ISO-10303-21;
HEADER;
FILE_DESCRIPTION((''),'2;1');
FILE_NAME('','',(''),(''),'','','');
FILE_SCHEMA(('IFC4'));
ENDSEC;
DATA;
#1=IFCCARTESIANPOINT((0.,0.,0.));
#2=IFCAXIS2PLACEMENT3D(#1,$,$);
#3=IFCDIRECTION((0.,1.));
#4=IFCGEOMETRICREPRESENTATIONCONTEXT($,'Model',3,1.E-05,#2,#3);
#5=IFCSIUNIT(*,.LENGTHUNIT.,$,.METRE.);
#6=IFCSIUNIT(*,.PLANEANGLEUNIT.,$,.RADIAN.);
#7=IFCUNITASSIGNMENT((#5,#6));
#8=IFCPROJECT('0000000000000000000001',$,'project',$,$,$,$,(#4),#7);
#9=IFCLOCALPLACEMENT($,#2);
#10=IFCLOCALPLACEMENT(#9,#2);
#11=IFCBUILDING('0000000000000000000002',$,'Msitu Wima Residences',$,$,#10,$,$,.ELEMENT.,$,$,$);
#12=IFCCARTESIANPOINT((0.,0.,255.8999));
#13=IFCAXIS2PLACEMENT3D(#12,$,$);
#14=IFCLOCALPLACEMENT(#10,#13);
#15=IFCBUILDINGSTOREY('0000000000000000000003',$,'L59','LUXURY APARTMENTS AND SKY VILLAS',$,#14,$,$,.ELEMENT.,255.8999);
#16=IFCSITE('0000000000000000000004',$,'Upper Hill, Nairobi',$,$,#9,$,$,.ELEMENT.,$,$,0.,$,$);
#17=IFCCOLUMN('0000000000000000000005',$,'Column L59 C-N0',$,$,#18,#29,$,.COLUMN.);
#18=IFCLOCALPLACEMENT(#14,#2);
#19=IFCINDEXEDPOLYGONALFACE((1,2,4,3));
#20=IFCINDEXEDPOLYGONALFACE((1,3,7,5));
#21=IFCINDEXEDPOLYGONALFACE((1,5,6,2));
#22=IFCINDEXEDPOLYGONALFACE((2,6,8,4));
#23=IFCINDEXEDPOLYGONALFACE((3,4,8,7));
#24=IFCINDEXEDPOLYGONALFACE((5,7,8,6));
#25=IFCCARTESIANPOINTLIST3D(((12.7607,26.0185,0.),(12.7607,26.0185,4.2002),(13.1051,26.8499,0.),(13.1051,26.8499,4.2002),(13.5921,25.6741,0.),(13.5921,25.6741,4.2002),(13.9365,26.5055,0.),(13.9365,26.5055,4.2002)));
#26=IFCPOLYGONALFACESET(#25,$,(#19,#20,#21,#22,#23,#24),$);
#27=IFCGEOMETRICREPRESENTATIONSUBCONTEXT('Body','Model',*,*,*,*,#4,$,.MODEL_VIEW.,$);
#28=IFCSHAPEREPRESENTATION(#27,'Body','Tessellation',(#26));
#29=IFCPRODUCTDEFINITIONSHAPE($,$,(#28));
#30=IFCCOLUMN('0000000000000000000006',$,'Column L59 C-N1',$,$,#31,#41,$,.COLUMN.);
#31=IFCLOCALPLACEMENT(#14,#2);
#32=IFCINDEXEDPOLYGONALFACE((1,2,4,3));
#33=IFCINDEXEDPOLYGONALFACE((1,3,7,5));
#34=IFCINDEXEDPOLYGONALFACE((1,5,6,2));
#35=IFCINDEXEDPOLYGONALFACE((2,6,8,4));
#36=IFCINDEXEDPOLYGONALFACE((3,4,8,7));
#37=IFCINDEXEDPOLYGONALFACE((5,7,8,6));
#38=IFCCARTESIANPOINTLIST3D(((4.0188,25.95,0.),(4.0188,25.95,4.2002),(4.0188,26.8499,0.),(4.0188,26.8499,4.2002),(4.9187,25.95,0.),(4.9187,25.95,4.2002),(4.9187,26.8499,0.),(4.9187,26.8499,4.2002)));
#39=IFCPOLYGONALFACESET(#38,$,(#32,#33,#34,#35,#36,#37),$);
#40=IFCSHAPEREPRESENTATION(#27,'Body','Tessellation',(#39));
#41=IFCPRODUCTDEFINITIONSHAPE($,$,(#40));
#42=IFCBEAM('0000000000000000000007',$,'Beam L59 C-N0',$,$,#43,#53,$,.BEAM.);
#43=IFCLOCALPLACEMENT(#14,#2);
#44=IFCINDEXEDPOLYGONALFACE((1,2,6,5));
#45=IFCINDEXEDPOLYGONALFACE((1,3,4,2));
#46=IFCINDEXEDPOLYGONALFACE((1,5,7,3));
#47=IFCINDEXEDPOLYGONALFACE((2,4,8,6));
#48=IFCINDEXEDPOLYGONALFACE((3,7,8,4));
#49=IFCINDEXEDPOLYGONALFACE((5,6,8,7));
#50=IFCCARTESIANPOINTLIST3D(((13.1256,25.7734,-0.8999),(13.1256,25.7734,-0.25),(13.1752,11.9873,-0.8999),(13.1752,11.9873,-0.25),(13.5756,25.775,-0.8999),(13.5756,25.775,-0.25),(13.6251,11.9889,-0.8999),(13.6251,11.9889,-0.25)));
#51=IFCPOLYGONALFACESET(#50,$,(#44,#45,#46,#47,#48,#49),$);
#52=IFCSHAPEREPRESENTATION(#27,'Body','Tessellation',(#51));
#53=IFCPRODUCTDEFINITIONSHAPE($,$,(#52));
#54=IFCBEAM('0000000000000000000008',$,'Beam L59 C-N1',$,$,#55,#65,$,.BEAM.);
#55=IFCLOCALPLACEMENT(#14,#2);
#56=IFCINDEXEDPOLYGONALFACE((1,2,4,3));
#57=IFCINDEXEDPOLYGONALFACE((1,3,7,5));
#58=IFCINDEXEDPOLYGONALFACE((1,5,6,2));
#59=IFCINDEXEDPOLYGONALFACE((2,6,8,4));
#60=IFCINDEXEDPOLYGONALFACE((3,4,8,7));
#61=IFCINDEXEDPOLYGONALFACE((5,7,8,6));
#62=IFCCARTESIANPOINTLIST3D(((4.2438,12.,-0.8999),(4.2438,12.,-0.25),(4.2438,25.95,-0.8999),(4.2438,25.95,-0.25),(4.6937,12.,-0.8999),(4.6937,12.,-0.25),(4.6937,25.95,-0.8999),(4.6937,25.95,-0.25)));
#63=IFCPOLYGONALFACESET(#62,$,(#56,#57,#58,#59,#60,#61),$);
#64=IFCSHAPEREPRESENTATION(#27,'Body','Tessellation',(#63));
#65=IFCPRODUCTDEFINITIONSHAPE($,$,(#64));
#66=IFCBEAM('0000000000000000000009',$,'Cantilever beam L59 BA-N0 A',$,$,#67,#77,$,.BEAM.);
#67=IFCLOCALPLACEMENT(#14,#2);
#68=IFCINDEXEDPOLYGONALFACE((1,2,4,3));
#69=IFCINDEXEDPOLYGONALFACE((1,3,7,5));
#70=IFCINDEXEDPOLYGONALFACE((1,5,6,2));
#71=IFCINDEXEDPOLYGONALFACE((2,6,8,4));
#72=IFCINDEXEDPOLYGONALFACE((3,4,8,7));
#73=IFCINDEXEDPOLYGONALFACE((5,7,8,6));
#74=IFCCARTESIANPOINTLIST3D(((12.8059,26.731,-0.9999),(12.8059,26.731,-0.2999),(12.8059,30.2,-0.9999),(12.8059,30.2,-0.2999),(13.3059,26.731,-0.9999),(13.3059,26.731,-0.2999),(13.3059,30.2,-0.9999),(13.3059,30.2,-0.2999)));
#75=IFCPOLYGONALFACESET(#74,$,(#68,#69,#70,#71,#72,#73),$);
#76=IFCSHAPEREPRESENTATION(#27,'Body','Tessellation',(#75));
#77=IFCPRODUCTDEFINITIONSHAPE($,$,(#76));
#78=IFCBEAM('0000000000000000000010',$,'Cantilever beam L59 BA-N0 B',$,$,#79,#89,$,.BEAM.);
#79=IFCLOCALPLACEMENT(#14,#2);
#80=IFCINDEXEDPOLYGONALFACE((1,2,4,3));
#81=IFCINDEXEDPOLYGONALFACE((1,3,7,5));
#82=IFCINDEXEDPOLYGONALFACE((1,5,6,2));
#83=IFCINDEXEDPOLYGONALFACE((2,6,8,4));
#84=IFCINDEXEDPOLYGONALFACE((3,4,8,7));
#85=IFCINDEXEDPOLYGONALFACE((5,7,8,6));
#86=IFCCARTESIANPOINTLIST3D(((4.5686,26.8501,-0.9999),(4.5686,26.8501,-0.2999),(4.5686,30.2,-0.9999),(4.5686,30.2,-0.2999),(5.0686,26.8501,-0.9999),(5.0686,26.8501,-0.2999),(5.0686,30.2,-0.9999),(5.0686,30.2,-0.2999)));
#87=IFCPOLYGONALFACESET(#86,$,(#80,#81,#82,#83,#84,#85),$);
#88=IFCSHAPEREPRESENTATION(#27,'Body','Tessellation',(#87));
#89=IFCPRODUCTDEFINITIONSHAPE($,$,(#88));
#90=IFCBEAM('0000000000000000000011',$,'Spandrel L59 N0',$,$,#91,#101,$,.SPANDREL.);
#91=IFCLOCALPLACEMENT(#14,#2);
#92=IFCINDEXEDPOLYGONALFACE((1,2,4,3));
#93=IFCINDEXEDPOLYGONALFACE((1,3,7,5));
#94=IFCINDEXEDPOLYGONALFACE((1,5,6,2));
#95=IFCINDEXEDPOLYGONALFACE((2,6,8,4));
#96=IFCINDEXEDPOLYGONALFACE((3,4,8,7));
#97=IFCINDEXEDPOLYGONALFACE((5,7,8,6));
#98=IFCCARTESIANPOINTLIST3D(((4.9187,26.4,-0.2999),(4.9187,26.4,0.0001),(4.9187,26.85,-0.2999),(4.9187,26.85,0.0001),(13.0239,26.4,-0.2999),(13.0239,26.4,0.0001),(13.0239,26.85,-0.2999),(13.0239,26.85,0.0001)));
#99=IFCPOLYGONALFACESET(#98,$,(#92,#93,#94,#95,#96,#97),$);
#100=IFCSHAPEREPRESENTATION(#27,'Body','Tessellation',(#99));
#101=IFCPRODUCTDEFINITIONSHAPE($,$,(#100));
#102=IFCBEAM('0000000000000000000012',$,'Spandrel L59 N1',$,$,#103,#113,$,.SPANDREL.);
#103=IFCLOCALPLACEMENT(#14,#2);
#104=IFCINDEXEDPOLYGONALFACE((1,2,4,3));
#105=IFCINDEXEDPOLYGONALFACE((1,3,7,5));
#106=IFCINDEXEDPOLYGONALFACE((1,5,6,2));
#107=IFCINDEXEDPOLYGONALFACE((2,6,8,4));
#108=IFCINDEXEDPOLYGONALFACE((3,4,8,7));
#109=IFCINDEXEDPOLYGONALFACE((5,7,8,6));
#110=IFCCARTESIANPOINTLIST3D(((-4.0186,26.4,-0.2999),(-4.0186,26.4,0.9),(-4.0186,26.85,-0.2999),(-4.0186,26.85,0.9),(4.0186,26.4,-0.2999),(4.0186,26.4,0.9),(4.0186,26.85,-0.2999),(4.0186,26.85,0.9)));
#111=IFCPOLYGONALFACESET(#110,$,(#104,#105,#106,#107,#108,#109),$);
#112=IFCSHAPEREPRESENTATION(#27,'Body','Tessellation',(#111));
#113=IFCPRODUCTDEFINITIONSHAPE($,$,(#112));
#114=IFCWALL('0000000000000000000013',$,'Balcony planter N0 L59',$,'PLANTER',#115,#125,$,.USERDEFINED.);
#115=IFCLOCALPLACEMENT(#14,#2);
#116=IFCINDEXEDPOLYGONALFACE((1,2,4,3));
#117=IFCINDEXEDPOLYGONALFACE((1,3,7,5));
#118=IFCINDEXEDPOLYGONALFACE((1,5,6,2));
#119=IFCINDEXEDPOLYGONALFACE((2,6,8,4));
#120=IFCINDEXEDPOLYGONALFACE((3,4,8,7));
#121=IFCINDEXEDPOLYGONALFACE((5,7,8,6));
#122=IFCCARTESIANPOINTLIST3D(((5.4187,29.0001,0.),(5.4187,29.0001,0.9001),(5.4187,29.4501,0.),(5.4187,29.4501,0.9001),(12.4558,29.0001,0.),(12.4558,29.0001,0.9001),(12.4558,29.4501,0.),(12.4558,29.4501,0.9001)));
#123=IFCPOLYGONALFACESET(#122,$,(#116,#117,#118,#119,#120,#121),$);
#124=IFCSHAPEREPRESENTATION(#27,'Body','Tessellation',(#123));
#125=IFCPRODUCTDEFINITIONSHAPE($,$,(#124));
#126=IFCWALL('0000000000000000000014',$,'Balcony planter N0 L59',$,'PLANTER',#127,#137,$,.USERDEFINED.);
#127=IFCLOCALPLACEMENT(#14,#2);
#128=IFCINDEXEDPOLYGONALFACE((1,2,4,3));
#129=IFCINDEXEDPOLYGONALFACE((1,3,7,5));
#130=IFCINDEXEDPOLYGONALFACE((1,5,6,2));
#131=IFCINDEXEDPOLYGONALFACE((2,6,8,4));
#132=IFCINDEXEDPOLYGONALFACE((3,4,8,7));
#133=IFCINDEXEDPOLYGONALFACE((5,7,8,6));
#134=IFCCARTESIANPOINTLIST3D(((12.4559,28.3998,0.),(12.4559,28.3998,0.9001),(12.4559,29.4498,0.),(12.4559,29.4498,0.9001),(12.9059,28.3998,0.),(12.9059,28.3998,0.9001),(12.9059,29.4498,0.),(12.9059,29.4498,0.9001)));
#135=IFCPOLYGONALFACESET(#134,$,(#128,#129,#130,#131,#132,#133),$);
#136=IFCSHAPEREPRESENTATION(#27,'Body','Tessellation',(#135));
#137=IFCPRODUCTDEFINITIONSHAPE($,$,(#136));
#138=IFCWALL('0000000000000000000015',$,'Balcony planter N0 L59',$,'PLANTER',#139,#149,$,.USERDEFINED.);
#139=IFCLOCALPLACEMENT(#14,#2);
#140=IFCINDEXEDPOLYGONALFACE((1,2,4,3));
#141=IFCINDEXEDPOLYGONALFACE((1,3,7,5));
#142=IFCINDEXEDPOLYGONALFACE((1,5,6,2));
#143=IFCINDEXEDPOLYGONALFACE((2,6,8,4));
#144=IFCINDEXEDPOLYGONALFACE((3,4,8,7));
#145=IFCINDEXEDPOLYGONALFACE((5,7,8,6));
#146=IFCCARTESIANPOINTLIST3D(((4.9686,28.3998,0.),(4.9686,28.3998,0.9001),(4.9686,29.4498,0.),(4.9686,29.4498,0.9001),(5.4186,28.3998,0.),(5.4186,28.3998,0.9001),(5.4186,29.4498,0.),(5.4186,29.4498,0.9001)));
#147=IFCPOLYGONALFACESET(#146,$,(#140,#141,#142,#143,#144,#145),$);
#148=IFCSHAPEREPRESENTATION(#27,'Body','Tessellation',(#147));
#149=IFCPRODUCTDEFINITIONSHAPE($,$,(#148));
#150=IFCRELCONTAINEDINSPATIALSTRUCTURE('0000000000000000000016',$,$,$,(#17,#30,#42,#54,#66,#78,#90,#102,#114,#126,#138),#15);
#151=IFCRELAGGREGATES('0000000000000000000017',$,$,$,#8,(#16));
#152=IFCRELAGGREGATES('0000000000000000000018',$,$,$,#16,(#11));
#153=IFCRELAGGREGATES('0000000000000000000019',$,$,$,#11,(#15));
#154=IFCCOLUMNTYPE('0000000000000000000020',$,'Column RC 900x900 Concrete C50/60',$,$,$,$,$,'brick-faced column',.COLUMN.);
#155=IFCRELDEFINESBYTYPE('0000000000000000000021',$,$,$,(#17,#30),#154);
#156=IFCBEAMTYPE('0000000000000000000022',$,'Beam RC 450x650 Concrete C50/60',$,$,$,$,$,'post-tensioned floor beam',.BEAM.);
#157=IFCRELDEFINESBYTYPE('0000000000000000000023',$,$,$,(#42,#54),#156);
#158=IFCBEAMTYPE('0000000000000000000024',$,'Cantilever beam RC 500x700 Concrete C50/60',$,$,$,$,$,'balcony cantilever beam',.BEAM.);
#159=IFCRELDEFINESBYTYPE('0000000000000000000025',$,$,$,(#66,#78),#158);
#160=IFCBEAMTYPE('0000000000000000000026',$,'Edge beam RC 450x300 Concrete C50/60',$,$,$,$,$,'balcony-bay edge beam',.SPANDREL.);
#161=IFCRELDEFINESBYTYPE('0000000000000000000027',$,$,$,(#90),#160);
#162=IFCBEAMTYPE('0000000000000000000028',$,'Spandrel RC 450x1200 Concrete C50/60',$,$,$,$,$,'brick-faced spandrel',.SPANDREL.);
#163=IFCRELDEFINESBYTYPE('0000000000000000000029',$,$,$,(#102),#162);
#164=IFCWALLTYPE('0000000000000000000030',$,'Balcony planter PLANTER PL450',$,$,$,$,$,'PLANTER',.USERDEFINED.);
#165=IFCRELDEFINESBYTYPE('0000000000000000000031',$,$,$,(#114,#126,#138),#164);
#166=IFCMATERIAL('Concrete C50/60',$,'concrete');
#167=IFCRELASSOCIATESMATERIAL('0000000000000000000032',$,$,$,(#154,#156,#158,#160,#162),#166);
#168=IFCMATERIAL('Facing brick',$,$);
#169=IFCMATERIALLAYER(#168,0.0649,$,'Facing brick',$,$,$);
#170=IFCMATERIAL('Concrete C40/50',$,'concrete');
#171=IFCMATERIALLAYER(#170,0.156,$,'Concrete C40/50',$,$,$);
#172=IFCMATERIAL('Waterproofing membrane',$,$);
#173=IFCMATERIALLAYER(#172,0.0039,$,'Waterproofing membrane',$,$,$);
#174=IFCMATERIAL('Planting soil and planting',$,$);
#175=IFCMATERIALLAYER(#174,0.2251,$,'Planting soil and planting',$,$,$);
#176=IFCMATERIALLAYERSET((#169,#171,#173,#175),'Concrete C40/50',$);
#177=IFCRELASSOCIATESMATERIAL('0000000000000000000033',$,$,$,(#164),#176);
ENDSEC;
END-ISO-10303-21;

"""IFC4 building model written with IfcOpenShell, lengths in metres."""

from ifc_helpers import new_model, si_unit, direction, frame, frame_2d, origin, origin_2d, place, context, subcontext, project, spatial, rectangle, extrude, material, layer, layer_set, material_profile, profile_set, type_object, element, save


model = new_model("IFC4")

# Units and contexts
model_context = context("Model", 3, precision=1e-05, world=origin(), true_north=direction((0.0, 1.0)))
body_context = subcontext(model_context, "Body", "Model", "MODEL_VIEW")
ifc_project = project(units=[si_unit("LENGTHUNIT", "METRE"), si_unit("PLANEANGLEUNIT", "RADIAN")], contexts=[model_context])

# Site, building, storey
site_placement = place(None, origin())
site = spatial("IfcSite", under=ifc_project, at=site_placement, Name="Upper Hill, Nairobi", CompositionType="ELEMENT", RefElevation=0.0)
building_placement = place(site_placement, origin())
building = spatial("IfcBuilding", under=site, at=building_placement, Name="Msitu Wima Residences", CompositionType="ELEMENT")
storey_placement = place(building_placement, frame((0.0, 0.0, 255.8999)))
storey = spatial("IfcBuildingStorey", under=building, at=storey_placement, Name="L59", Description="LUXURY APARTMENTS AND SKY VILLAS", CompositionType="ELEMENT", Elevation=255.8999)

# Columns
ifc_material_1 = material(Name="Concrete C50/60", Category="concrete")
ifc_material_profile_1 = material_profile(ifc_material_1, rectangle(XDim=0.8999, YDim=0.8999, at=origin_2d()), Name="RC 900x900")
ifc_profile_set_1 = profile_set([ifc_material_profile_1], Name="Concrete C50/60")
column_type = type_object("IfcColumnType", Name="Column RC 900x900 Concrete C50/60", ElementType="brick-faced column", PredefinedType="COLUMN", material=ifc_profile_set_1)
for number, where, z_axis, x_axis, name in (
    (1, (13.3486, 26.262, 0.0), (0.0, 0.0, 1.0), (-0.92388, 0.382683, 0.0), "Column L59 C-N0"),
    (2, (4.4688, 26.3999, 0.0), (0.0, 0.0, 1.0), (-1.0, 0.0, 0.0), "Column L59 C-N1"),
):
    element("IfcColumn", number, at=place(storey_placement, frame(where, z_axis=z_axis, x_axis=x_axis)), inside=storey, type_object=column_type, Name=name, PredefinedType="COLUMN", context=body_context, shape_type="SweptSolid", body=[
        extrude(rectangle(XDim=0.8999, YDim=0.8999, at=origin_2d()), origin(), (0.0, 0.0, 1.0), 4.2002),
    ])

# Beams
ifc_material_profile_2 = material_profile(ifc_material_1, rectangle(XDim=0.45, YDim=0.6499, at=origin_2d()), Name="RC 450x650")
ifc_profile_set_2 = profile_set([ifc_material_profile_2], Name="Concrete C50/60")
beam_type_1 = type_object("IfcBeamType", Name="Beam RC 450x650 Concrete C50/60", ElementType="post-tensioned floor beam", PredefinedType="BEAM", material=ifc_profile_set_2)
beam_1_placement = place(storey_placement, frame((13.3506, 25.7742, -0.575), z_axis=(0.003595, -0.999994, 0.0), x_axis=(0.999994, 0.003595, 0.0)))
element("IfcBeam", 3, at=beam_1_placement, inside=storey, type_object=beam_type_1, Name="Beam L59 C-N0", PredefinedType="BEAM", context=body_context, shape_type="SweptSolid", body=[
    extrude(rectangle(XDim=0.45, YDim=0.6499, at=origin_2d()), origin(), (0.0, 0.0, 1.0), 13.7861),
])
beam_2_placement = place(storey_placement, frame((4.4688, 25.95, -0.575), z_axis=(0.0, -1.0, 0.0), x_axis=(1.0, 0.0, 0.0)))
element("IfcBeam", 4, at=beam_2_placement, inside=storey, type_object=beam_type_1, Name="Beam L59 C-N1", PredefinedType="BEAM", context=body_context, shape_type="SweptSolid", body=[
    extrude(rectangle(XDim=0.45, YDim=0.6499, at=origin_2d()), origin(), (0.0, 0.0, 1.0), 13.95),
])
ifc_material_profile_3 = material_profile(ifc_material_1, rectangle(XDim=0.5, YDim=0.7, at=origin_2d()), Name="RC 500x700")
ifc_profile_set_3 = profile_set([ifc_material_profile_3], Name="Concrete C50/60")
beam_type_2 = type_object("IfcBeamType", Name="Cantilever beam RC 500x700 Concrete C50/60", ElementType="balcony cantilever beam", PredefinedType="BEAM", material=ifc_profile_set_3)
beam_3_placement = place(storey_placement, frame((13.0559, 26.731, -0.6499), z_axis=(0.0, 1.0, 0.0), x_axis=(-1.0, 0.0, 0.0)))
element("IfcBeam", 5, at=beam_3_placement, inside=storey, type_object=beam_type_2, Name="Cantilever beam L59 BA-N0 A", PredefinedType="BEAM", context=body_context, shape_type="SweptSolid", body=[
    extrude(rectangle(XDim=0.5, YDim=0.7, at=origin_2d()), origin(), (0.0, 0.0, 1.0), 3.469),
])
beam_4_placement = place(storey_placement, frame((4.8186, 26.8501, -0.6499), z_axis=(0.0, 1.0, 0.0), x_axis=(-1.0, 0.0, 0.0)))
element("IfcBeam", 6, at=beam_4_placement, inside=storey, type_object=beam_type_2, Name="Cantilever beam L59 BA-N0 B", PredefinedType="BEAM", context=body_context, shape_type="SweptSolid", body=[
    extrude(rectangle(XDim=0.5, YDim=0.7, at=origin_2d()), origin(), (0.0, 0.0, 1.0), 3.3499),
])
ifc_material_profile_4 = material_profile(ifc_material_1, rectangle(XDim=0.45, YDim=0.3, at=origin_2d()), Name="RC 450x300")
ifc_profile_set_4 = profile_set([ifc_material_profile_4], Name="Concrete C50/60")
beam_type_3 = type_object("IfcBeamType", Name="Edge beam RC 450x300 Concrete C50/60", ElementType="balcony-bay edge beam", PredefinedType="SPANDREL", material=ifc_profile_set_4)
beam_5_placement = place(storey_placement, frame((13.0239, 26.625, -0.1499), z_axis=(-1.0, 0.0, 0.0), x_axis=(0.0, -1.0, 0.0)))
element("IfcBeam", 7, at=beam_5_placement, inside=storey, type_object=beam_type_3, Name="Spandrel L59 N0", PredefinedType="SPANDREL", context=body_context, shape_type="SweptSolid", body=[
    extrude(rectangle(XDim=0.45, YDim=0.3, at=origin_2d()), origin(), (0.0, 0.0, 1.0), 8.1052),
])
ifc_material_profile_5 = material_profile(ifc_material_1, rectangle(XDim=0.45, YDim=1.2, at=origin_2d()), Name="RC 450x1200")
ifc_profile_set_5 = profile_set([ifc_material_profile_5], Name="Concrete C50/60")
beam_type_4 = type_object("IfcBeamType", Name="Spandrel RC 450x1200 Concrete C50/60", ElementType="brick-faced spandrel", PredefinedType="SPANDREL", material=ifc_profile_set_5)
beam_6_placement = place(storey_placement, frame((4.0186, 26.625, 0.3), z_axis=(-1.0, 0.0, 0.0), x_axis=(0.0, -1.0, 0.0)))
element("IfcBeam", 8, at=beam_6_placement, inside=storey, type_object=beam_type_4, Name="Spandrel L59 N1", PredefinedType="SPANDREL", context=body_context, shape_type="SweptSolid", body=[
    extrude(rectangle(XDim=0.45, YDim=1.2, at=origin_2d()), origin(), (0.0, 0.0, 1.0), 8.0371),
])

# Walls
ifc_material_2 = material(Name="Facing brick")
ifc_layer_1 = layer(ifc_material_2, 0.0649, Name="Facing brick")
ifc_material_3 = material(Name="Concrete C40/50", Category="concrete")
ifc_layer_2 = layer(ifc_material_3, 0.156, Name="Concrete C40/50")
ifc_material_4 = material(Name="Waterproofing membrane")
ifc_layer_3 = layer(ifc_material_4, 0.0039, Name="Waterproofing membrane")
ifc_material_5 = material(Name="Planting soil and planting")
ifc_layer_4 = layer(ifc_material_5, 0.2251, Name="Planting soil and planting")
ifc_layer_set_1 = layer_set([ifc_layer_1, ifc_layer_2, ifc_layer_3, ifc_layer_4], Name="Concrete C40/50")
wall_type_1 = type_object("IfcWallType", Name="Balcony planter PLANTER PL450", ElementType="PLANTER", PredefinedType="USERDEFINED", material=ifc_layer_set_1)
wall_1_placement = place(storey_placement, frame((12.4558, 29.2251, 0.0), z_axis=(0.0, 0.0, 1.0), x_axis=(-1.0, 0.0, 0.0)))
element("IfcWall", 9, at=wall_1_placement, inside=storey, type_object=wall_type_1, Name="Balcony planter N0 L59", ObjectType="PLANTER", PredefinedType="USERDEFINED", context=body_context, shape_type="SweptSolid", body=[
    extrude(rectangle(XDim=7.0371, YDim=0.45, at=frame_2d((3.5186, 0.0))), origin(), (0.0, 0.0, 1.0), 0.9001),
])
for number, where, z_axis, x_axis, name in (
    (10, (12.6809, 28.3999, 0.0), (0.0, 0.0, 1.0), (0.0, 1.0, 0.0), "Balcony planter N0 L59"),
    (11, (5.1936, 28.3999, 0.0), (0.0, 0.0, 1.0), (0.0, 1.0, 0.0), "Balcony planter N0 L59"),
):
    element("IfcWall", number, at=place(storey_placement, frame(where, z_axis=z_axis, x_axis=x_axis)), inside=storey, type_object=wall_type_1, Name=name, ObjectType="PLANTER", PredefinedType="USERDEFINED", context=body_context, shape_type="SweptSolid", body=[
        extrude(rectangle(XDim=1.05, YDim=0.45, at=frame_2d((0.5249, 0.0))), origin(), (0.0, 0.0, 1.0), 0.9001),
    ])

save(model, "model.ifc")
